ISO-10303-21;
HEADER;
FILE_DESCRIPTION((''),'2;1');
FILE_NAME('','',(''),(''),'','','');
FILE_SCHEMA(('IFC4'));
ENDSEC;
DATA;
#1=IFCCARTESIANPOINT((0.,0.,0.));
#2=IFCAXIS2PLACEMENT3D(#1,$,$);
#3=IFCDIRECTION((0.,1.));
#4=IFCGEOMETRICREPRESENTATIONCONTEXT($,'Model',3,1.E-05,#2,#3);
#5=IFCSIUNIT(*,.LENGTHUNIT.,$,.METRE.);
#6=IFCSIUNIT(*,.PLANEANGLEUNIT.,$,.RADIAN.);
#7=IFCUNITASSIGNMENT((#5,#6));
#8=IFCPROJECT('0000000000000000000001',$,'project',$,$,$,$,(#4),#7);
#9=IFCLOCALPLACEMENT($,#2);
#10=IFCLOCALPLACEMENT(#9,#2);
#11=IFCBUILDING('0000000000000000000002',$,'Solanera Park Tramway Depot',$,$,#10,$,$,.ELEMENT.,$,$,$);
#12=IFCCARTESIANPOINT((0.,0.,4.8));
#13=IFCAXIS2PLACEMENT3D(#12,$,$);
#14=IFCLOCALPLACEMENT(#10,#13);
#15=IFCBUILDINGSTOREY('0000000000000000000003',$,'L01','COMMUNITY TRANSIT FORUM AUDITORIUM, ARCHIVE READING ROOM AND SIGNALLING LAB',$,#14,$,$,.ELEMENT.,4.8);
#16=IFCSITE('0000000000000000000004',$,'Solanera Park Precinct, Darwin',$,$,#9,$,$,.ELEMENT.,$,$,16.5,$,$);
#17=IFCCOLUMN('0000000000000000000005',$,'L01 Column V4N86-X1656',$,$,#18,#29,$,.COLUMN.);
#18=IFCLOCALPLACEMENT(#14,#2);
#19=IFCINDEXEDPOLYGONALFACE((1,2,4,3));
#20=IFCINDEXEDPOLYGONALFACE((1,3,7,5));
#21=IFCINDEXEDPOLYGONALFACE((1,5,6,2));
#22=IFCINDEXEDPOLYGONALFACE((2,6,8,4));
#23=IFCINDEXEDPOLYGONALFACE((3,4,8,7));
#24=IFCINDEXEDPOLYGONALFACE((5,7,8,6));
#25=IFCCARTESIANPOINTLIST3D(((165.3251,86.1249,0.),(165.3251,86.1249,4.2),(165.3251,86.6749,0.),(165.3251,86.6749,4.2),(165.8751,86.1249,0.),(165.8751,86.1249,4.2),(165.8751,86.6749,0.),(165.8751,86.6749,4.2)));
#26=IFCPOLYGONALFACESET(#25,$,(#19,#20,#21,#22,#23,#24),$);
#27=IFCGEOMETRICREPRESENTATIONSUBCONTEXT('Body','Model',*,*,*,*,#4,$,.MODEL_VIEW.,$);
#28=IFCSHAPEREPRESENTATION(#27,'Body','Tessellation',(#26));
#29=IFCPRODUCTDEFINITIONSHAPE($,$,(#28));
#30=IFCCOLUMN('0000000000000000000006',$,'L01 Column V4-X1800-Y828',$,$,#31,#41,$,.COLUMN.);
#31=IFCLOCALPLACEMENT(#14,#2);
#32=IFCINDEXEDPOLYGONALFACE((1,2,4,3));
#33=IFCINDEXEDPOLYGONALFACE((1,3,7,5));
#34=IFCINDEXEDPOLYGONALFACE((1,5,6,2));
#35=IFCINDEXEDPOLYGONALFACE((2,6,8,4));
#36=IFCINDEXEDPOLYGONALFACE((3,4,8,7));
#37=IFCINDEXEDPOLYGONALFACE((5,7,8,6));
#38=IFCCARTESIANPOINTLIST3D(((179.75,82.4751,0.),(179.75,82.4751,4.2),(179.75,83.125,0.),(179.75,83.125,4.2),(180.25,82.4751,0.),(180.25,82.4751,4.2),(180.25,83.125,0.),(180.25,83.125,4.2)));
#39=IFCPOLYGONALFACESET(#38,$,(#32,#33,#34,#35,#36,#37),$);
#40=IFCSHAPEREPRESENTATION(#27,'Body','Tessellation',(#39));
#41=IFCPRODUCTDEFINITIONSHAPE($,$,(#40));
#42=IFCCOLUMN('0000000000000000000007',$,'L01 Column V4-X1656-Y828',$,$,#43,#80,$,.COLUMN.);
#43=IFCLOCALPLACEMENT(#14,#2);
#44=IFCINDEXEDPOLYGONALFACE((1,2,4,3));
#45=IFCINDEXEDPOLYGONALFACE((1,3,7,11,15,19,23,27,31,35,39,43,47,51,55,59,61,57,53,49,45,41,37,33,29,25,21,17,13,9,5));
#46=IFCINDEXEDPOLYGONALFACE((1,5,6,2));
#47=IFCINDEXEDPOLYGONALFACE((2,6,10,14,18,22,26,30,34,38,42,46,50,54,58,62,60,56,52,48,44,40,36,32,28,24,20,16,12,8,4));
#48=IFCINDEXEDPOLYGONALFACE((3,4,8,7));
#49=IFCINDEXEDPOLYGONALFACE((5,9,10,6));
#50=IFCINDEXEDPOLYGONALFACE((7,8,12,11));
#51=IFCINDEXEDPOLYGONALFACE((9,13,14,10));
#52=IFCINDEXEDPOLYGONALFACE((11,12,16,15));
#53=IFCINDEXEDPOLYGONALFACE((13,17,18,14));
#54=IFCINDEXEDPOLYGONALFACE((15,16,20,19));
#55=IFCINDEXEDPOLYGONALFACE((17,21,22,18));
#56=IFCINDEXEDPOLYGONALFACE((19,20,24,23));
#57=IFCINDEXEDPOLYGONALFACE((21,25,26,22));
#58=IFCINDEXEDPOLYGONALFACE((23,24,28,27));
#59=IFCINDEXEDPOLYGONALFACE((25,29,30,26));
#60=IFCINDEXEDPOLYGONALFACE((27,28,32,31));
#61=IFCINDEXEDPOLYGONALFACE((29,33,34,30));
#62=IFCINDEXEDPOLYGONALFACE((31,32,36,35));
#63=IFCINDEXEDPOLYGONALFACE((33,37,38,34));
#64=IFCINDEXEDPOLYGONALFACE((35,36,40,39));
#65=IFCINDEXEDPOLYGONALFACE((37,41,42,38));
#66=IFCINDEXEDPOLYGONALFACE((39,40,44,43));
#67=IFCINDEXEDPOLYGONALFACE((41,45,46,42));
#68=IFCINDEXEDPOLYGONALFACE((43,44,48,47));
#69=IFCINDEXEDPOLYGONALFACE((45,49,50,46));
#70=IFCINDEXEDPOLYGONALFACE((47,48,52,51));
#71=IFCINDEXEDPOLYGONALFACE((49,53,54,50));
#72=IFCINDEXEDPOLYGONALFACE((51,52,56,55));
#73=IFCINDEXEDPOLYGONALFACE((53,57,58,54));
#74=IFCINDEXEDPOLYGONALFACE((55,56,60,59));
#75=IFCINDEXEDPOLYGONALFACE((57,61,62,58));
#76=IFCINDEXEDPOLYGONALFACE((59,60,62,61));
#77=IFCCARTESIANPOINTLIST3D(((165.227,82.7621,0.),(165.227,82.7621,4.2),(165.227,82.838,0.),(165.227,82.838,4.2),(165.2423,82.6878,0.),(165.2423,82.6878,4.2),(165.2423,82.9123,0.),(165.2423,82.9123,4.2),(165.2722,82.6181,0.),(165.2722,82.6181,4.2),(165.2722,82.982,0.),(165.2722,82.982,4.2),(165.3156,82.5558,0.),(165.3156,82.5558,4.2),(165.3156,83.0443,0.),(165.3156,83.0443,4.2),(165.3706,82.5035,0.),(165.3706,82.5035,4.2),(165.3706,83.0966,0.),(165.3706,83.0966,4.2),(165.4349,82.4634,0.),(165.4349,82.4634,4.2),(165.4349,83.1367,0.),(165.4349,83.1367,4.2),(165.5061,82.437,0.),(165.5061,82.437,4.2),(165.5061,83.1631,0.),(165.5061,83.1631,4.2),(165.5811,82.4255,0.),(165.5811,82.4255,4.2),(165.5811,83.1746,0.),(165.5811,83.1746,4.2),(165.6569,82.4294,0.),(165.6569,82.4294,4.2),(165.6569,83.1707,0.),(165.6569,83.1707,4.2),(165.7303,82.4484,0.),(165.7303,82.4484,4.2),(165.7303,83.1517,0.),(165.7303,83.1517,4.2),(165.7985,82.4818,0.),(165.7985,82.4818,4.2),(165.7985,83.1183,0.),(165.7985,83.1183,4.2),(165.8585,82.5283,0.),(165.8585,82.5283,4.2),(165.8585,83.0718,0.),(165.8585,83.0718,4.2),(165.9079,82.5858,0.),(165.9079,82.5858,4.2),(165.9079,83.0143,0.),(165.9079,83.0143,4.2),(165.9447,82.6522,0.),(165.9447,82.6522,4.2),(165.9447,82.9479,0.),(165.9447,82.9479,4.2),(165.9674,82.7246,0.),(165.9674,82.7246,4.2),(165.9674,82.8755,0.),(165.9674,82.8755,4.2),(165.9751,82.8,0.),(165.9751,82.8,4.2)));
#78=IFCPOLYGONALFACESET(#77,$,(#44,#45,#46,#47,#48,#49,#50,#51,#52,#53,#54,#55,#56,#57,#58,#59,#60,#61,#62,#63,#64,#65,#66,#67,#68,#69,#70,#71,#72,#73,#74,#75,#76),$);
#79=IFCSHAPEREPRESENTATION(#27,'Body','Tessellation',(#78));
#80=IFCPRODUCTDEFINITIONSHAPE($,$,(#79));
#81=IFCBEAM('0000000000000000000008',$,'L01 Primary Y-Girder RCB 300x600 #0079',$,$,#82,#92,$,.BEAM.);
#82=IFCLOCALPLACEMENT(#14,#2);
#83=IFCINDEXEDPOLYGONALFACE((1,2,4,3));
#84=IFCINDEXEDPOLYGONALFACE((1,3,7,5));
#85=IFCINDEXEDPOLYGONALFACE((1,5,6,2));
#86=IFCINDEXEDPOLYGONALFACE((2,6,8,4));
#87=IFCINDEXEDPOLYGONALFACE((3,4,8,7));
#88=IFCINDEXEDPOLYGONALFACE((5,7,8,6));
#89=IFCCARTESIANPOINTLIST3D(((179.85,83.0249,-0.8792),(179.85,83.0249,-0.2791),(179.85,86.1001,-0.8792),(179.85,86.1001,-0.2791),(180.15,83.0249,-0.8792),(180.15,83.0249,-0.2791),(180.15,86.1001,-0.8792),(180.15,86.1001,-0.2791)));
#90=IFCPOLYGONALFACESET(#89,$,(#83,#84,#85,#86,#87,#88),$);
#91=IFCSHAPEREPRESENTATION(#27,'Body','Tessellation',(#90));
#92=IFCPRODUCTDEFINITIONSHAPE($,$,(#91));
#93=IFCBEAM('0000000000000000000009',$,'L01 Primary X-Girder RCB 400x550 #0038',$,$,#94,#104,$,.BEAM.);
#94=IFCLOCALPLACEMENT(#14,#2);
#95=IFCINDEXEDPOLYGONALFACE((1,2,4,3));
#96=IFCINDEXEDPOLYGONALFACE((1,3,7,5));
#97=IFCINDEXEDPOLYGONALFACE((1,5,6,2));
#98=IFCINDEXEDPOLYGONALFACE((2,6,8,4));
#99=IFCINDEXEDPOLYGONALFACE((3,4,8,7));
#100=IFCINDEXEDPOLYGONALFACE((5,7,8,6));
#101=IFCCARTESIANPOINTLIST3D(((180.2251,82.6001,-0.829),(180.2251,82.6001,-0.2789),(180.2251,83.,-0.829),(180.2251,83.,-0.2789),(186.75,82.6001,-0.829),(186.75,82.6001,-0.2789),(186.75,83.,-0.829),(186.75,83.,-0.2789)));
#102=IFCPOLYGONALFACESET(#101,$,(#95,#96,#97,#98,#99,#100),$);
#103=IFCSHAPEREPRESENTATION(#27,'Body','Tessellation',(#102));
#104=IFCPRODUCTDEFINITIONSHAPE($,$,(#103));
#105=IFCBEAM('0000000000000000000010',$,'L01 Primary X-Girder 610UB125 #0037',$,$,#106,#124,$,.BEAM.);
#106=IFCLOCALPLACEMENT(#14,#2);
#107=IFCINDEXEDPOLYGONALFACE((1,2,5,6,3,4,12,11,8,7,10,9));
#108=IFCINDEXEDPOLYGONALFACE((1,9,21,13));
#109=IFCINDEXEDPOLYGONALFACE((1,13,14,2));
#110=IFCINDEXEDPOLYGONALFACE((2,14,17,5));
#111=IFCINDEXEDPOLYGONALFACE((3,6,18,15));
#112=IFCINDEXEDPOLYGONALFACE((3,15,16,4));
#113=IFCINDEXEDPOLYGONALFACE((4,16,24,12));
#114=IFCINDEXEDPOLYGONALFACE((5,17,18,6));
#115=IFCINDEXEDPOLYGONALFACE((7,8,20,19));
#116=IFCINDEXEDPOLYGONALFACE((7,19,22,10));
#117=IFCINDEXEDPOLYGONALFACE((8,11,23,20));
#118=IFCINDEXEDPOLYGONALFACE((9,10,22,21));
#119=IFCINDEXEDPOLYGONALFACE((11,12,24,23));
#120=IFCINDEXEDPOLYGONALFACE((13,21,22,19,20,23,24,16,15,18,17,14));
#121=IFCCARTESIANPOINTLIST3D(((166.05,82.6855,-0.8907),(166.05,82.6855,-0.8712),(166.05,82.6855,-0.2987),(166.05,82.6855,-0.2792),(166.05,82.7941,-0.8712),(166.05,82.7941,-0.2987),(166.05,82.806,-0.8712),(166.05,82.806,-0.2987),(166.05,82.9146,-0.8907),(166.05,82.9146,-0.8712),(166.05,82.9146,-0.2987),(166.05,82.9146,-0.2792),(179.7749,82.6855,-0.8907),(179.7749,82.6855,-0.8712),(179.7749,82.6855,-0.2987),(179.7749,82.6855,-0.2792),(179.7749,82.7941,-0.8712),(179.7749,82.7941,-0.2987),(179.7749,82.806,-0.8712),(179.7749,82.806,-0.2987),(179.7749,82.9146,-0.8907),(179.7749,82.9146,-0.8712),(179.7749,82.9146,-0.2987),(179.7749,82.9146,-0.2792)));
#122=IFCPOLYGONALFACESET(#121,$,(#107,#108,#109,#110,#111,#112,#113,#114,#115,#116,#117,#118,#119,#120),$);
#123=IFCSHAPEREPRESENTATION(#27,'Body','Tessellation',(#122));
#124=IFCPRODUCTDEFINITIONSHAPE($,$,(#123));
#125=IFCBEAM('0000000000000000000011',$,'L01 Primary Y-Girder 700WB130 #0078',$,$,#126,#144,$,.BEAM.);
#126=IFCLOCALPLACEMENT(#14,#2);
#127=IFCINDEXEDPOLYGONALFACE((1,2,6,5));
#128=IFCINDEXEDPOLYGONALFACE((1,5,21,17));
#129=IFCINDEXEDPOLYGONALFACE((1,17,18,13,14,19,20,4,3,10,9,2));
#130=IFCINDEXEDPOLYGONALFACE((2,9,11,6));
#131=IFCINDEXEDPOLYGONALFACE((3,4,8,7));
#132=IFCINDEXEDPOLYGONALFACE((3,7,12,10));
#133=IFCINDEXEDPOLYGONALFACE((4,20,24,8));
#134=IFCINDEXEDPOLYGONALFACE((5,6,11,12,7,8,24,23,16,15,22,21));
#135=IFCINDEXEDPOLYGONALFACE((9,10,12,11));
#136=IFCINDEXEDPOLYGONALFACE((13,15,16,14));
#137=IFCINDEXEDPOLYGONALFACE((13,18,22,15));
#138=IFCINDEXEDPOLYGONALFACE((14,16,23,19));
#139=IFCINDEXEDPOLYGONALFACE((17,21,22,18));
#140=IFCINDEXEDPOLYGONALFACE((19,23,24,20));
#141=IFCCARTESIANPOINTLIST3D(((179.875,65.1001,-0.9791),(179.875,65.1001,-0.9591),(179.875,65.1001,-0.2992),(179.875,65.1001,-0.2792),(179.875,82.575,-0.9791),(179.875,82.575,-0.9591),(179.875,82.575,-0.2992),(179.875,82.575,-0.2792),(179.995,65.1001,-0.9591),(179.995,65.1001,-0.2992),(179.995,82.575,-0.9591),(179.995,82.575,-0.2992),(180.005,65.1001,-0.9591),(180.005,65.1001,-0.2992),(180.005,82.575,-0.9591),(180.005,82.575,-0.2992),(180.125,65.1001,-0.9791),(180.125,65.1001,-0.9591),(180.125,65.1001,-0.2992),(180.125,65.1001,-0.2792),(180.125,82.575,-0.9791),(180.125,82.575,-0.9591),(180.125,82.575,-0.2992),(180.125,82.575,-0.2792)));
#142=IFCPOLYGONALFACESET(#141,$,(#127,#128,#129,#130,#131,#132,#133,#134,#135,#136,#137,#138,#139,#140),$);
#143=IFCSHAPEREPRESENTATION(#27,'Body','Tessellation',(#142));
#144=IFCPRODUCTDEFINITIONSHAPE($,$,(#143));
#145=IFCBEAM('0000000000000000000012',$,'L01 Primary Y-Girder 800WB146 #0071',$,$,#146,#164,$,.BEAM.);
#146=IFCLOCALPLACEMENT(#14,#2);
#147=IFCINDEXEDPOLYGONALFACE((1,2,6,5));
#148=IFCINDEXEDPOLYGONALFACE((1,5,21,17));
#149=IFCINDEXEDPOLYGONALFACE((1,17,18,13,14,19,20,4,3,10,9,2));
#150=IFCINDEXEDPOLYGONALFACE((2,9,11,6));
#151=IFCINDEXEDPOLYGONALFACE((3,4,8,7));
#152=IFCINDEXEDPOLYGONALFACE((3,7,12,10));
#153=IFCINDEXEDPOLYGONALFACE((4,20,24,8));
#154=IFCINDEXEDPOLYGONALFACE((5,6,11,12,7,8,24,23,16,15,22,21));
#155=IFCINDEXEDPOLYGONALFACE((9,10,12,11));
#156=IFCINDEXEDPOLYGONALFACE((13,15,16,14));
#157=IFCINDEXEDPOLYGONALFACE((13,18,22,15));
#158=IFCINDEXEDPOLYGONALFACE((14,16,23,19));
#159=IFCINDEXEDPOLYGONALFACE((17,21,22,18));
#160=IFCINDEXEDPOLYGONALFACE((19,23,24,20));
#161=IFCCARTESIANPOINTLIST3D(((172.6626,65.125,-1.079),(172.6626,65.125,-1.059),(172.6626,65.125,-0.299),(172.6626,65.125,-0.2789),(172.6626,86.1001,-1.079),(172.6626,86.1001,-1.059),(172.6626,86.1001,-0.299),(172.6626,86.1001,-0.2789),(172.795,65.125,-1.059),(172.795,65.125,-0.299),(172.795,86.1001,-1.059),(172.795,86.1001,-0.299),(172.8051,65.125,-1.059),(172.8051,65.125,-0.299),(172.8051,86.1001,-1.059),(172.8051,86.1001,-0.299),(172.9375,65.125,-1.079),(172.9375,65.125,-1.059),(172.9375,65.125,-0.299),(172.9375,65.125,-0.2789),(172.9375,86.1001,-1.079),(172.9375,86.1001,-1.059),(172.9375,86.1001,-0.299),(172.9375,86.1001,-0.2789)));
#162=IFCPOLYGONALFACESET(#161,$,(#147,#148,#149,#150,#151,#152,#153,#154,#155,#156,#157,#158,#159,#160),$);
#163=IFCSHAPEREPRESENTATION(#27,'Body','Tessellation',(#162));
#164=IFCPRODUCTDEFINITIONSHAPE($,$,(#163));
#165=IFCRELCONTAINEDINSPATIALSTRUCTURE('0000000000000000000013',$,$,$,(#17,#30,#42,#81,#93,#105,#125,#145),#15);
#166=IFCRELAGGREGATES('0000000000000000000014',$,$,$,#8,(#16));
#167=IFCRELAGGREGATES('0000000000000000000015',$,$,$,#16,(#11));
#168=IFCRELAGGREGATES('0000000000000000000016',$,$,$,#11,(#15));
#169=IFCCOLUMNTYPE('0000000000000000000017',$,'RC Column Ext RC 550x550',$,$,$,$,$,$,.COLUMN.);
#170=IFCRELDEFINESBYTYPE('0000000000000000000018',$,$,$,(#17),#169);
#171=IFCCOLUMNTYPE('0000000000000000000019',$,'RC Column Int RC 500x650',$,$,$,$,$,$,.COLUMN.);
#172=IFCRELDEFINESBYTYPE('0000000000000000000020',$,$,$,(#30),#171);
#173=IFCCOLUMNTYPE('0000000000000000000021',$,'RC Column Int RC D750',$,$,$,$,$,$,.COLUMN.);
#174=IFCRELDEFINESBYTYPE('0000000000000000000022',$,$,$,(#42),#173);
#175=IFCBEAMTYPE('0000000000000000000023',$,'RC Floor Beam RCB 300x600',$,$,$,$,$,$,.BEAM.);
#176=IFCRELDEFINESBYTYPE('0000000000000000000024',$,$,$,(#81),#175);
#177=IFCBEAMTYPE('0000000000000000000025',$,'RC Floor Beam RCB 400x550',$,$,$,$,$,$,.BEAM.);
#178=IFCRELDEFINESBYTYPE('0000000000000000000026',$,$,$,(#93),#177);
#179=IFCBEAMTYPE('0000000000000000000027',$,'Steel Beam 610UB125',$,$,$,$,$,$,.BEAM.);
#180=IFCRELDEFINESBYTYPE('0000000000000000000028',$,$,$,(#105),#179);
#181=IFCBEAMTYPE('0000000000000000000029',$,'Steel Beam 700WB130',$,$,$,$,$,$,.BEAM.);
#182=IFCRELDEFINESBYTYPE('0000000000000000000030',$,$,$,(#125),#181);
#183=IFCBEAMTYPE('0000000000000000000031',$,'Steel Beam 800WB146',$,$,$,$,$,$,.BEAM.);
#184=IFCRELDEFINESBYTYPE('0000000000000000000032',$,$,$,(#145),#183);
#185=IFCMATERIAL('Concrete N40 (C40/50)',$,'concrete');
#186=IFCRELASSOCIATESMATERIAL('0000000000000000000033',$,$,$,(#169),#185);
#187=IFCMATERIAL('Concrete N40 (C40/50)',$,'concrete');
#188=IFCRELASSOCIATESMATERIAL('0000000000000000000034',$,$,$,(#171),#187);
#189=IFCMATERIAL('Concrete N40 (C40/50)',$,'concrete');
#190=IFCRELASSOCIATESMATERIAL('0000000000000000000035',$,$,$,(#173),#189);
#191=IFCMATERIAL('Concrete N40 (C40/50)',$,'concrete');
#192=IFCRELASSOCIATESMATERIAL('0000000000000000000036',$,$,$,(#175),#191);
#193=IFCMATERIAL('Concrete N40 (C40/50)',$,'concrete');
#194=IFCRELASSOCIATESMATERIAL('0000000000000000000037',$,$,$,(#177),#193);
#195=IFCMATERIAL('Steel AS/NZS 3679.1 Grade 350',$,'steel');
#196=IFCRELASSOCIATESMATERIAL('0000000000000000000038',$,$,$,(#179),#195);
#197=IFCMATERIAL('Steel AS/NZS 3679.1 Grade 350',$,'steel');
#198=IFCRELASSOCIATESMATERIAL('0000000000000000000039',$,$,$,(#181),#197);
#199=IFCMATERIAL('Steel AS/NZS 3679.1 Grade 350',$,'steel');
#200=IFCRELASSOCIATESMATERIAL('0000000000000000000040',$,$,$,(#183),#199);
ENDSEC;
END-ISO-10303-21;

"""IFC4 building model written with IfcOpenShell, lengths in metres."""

from ifc_helpers import new_model, si_unit, direction, frame, origin, origin_2d, place, context, subcontext, project, spatial, rectangle, circle, i_section, extrude, material, material_profile, profile_set, type_object, element, save


model = new_model("IFC4")

# Units and contexts
model_context = context("Model", 3, precision=1e-05, world=origin(), true_north=direction((0.0, 1.0)))
body_context = subcontext(model_context, "Body", "Model", "MODEL_VIEW")
ifc_project = project(units=[si_unit("LENGTHUNIT", "METRE"), si_unit("PLANEANGLEUNIT", "RADIAN")], contexts=[model_context])

# Site, building, storey
site_placement = place(None, origin())
site = spatial("IfcSite", under=ifc_project, at=site_placement, Name="Solanera Park Precinct, Darwin", CompositionType="ELEMENT", RefElevation=16.5)
building_placement = place(site_placement, origin())
building = spatial("IfcBuilding", under=site, at=building_placement, Name="Solanera Park Tramway Depot", CompositionType="ELEMENT")
storey_placement = place(building_placement, frame((0.0, 0.0, 4.8)))
storey = spatial("IfcBuildingStorey", under=building, at=storey_placement, Name="L01", Description="COMMUNITY TRANSIT FORUM AUDITORIUM, ARCHIVE READING ROOM AND SIGNALLING LAB", CompositionType="ELEMENT", Elevation=4.8)

# Columns
ifc_material_1 = material(Name="Concrete N40 (C40/50)", Category="concrete")
ifc_material_profile_1 = material_profile(ifc_material_1, rectangle(XDim=0.55, YDim=0.55, at=origin_2d()), Name="RC 550x550")
ifc_profile_set_1 = profile_set([ifc_material_profile_1], Name="Concrete N40 (C40/50)")
column_type_1 = type_object("IfcColumnType", Name="RC Column Ext RC 550x550", PredefinedType="COLUMN", material=ifc_profile_set_1)
column_1_placement = place(storey_placement, frame((165.6001, 86.3999, 0.0), z_axis=(0.0, 0.0, 1.0), x_axis=(1.0, 0.0, 0.0)))
element("IfcColumn", 1, at=column_1_placement, inside=storey, type_object=column_type_1, Name="L01 Column V4N86-X1656", PredefinedType="COLUMN", context=body_context, shape_type="SweptSolid", body=[
    extrude(rectangle(XDim=0.55, YDim=0.55, at=origin_2d()), origin(), (0.0, 0.0, 1.0), 4.2),
])
ifc_material_2 = material(Name="Concrete N40 (C40/50)", Category="concrete")
ifc_material_profile_2 = material_profile(ifc_material_2, rectangle(XDim=0.5, YDim=0.6499, at=origin_2d()), Name="RC 500x650")
ifc_profile_set_2 = profile_set([ifc_material_profile_2], Name="Concrete N40 (C40/50)")
column_type_2 = type_object("IfcColumnType", Name="RC Column Int RC 500x650", PredefinedType="COLUMN", material=ifc_profile_set_2)
column_2_placement = place(storey_placement, frame((180.0, 82.8, 0.0), z_axis=(0.0, 0.0, 1.0), x_axis=(1.0, 0.0, 0.0)))
element("IfcColumn", 2, at=column_2_placement, inside=storey, type_object=column_type_2, Name="L01 Column V4-X1800-Y828", PredefinedType="COLUMN", context=body_context, shape_type="SweptSolid", body=[
    extrude(rectangle(XDim=0.5, YDim=0.6499, at=origin_2d()), origin(), (0.0, 0.0, 1.0), 4.2),
])
ifc_material_3 = material(Name="Concrete N40 (C40/50)", Category="concrete")
ifc_material_profile_3 = material_profile(ifc_material_3, circle(Radius=0.375, at=origin_2d()), Name="RC D750")
ifc_profile_set_3 = profile_set([ifc_material_profile_3], Name="Concrete N40 (C40/50)")
column_type_3 = type_object("IfcColumnType", Name="RC Column Int RC D750", PredefinedType="COLUMN", material=ifc_profile_set_3)
column_3_placement = place(storey_placement, frame((165.6001, 82.8, 0.0), z_axis=(0.0, 0.0, 1.0), x_axis=(1.0, 0.0, 0.0)))
element("IfcColumn", 3, at=column_3_placement, inside=storey, type_object=column_type_3, Name="L01 Column V4-X1656-Y828", PredefinedType="COLUMN", context=body_context, shape_type="SweptSolid", body=[
    extrude(circle(Radius=0.375, at=origin_2d()), origin(), (0.0, 0.0, 1.0), 4.2),
])

# Beams
ifc_material_4 = material(Name="Concrete N40 (C40/50)", Category="concrete")
ifc_material_profile_4 = material_profile(ifc_material_4, rectangle(XDim=0.3, YDim=0.6001, at=origin_2d()), Name="RCB 300x600")
ifc_profile_set_4 = profile_set([ifc_material_profile_4], Name="Concrete N40 (C40/50)")
beam_type_1 = type_object("IfcBeamType", Name="RC Floor Beam RCB 300x600", PredefinedType="BEAM", material=ifc_profile_set_4)
beam_1_placement = place(storey_placement, frame((180.0, 83.0249, -0.5791), z_axis=(0.0, 1.0, 0.0), x_axis=(-1.0, 0.0, 0.0)))
element("IfcBeam", 4, at=beam_1_placement, inside=storey, type_object=beam_type_1, Name="L01 Primary Y-Girder RCB 300x600 #0079", PredefinedType="BEAM", context=body_context, shape_type="SweptSolid", body=[
    extrude(rectangle(XDim=0.3, YDim=0.6001, at=origin_2d()), origin(), (0.0, 0.0, 1.0), 3.0752),
])
ifc_material_5 = material(Name="Concrete N40 (C40/50)", Category="concrete")
ifc_material_profile_5 = material_profile(ifc_material_5, rectangle(XDim=0.3999, YDim=0.55, at=origin_2d()), Name="RCB 400x550")
ifc_profile_set_5 = profile_set([ifc_material_profile_5], Name="Concrete N40 (C40/50)")
beam_type_2 = type_object("IfcBeamType", Name="RC Floor Beam RCB 400x550", PredefinedType="BEAM", material=ifc_profile_set_5)
beam_2_placement = place(storey_placement, frame((180.2251, 82.8, -0.554), z_axis=(1.0, 0.0, 0.0), x_axis=(0.0, 1.0, 0.0)))
element("IfcBeam", 5, at=beam_2_placement, inside=storey, type_object=beam_type_2, Name="L01 Primary X-Girder RCB 400x550 #0038", PredefinedType="BEAM", context=body_context, shape_type="SweptSolid", body=[
    extrude(rectangle(XDim=0.3999, YDim=0.55, at=origin_2d()), origin(), (0.0, 0.0, 1.0), 6.5249),
])
ifc_material_6 = material(Name="Steel AS/NZS 3679.1 Grade 350", Category="steel")
ifc_material_profile_6 = material_profile(ifc_material_6, i_section(OverallWidth=0.229, OverallDepth=0.6116, WebThickness=0.012, FlangeThickness=0.0195, at=origin_2d()), Name="610UB125")
ifc_profile_set_6 = profile_set([ifc_material_profile_6], Name="Steel AS/NZS 3679.1 Grade 350")
beam_type_3 = type_object("IfcBeamType", Name="Steel Beam 610UB125", PredefinedType="BEAM", material=ifc_profile_set_6)
beam_3_placement = place(storey_placement, frame((166.05, 82.8, -0.585), z_axis=(1.0, 0.0, 0.0), x_axis=(0.0, 1.0, 0.0)))
element("IfcBeam", 6, at=beam_3_placement, inside=storey, type_object=beam_type_3, Name="L01 Primary X-Girder 610UB125 #0037", PredefinedType="BEAM", context=body_context, shape_type="SweptSolid", body=[
    extrude(i_section(OverallWidth=0.229, OverallDepth=0.6116, WebThickness=0.012, FlangeThickness=0.0195, at=origin_2d()), origin(), (0.0, 0.0, 1.0), 13.7249),
])
ifc_material_7 = material(Name="Steel AS/NZS 3679.1 Grade 350", Category="steel")
ifc_material_profile_7 = material_profile(ifc_material_7, i_section(OverallWidth=0.25, OverallDepth=0.7, WebThickness=0.01, FlangeThickness=0.02, at=origin_2d()), Name="700WB130")
ifc_profile_set_7 = profile_set([ifc_material_profile_7], Name="Steel AS/NZS 3679.1 Grade 350")
beam_type_4 = type_object("IfcBeamType", Name="Steel Beam 700WB130", PredefinedType="BEAM", material=ifc_profile_set_7)
beam_4_placement = place(storey_placement, frame((180.0, 65.1001, -0.6292), z_axis=(0.0, 1.0, 0.0), x_axis=(-1.0, 0.0, 0.0)))
element("IfcBeam", 7, at=beam_4_placement, inside=storey, type_object=beam_type_4, Name="L01 Primary Y-Girder 700WB130 #0078", PredefinedType="BEAM", context=body_context, shape_type="SweptSolid", body=[
    extrude(i_section(OverallWidth=0.25, OverallDepth=0.7, WebThickness=0.01, FlangeThickness=0.02, at=origin_2d()), origin(), (0.0, 0.0, 1.0), 17.4749),
])
ifc_material_8 = material(Name="Steel AS/NZS 3679.1 Grade 350", Category="steel")
ifc_material_profile_8 = material_profile(ifc_material_8, i_section(OverallWidth=0.2749, OverallDepth=0.8, WebThickness=0.01, FlangeThickness=0.02, at=origin_2d()), Name="800WB146")
ifc_profile_set_8 = profile_set([ifc_material_profile_8], Name="Steel AS/NZS 3679.1 Grade 350")
beam_type_5 = type_object("IfcBeamType", Name="Steel Beam 800WB146", PredefinedType="BEAM", material=ifc_profile_set_8)
beam_5_placement = place(storey_placement, frame((172.8, 65.125, -0.679), z_axis=(0.0, 1.0, 0.0), x_axis=(-1.0, 0.0, 0.0)))
element("IfcBeam", 8, at=beam_5_placement, inside=storey, type_object=beam_type_5, Name="L01 Primary Y-Girder 800WB146 #0071", PredefinedType="BEAM", context=body_context, shape_type="SweptSolid", body=[
    extrude(i_section(OverallWidth=0.2749, OverallDepth=0.8, WebThickness=0.01, FlangeThickness=0.02, at=origin_2d()), origin(), (0.0, 0.0, 1.0), 20.9751),
])

save(model, "model.ifc")
